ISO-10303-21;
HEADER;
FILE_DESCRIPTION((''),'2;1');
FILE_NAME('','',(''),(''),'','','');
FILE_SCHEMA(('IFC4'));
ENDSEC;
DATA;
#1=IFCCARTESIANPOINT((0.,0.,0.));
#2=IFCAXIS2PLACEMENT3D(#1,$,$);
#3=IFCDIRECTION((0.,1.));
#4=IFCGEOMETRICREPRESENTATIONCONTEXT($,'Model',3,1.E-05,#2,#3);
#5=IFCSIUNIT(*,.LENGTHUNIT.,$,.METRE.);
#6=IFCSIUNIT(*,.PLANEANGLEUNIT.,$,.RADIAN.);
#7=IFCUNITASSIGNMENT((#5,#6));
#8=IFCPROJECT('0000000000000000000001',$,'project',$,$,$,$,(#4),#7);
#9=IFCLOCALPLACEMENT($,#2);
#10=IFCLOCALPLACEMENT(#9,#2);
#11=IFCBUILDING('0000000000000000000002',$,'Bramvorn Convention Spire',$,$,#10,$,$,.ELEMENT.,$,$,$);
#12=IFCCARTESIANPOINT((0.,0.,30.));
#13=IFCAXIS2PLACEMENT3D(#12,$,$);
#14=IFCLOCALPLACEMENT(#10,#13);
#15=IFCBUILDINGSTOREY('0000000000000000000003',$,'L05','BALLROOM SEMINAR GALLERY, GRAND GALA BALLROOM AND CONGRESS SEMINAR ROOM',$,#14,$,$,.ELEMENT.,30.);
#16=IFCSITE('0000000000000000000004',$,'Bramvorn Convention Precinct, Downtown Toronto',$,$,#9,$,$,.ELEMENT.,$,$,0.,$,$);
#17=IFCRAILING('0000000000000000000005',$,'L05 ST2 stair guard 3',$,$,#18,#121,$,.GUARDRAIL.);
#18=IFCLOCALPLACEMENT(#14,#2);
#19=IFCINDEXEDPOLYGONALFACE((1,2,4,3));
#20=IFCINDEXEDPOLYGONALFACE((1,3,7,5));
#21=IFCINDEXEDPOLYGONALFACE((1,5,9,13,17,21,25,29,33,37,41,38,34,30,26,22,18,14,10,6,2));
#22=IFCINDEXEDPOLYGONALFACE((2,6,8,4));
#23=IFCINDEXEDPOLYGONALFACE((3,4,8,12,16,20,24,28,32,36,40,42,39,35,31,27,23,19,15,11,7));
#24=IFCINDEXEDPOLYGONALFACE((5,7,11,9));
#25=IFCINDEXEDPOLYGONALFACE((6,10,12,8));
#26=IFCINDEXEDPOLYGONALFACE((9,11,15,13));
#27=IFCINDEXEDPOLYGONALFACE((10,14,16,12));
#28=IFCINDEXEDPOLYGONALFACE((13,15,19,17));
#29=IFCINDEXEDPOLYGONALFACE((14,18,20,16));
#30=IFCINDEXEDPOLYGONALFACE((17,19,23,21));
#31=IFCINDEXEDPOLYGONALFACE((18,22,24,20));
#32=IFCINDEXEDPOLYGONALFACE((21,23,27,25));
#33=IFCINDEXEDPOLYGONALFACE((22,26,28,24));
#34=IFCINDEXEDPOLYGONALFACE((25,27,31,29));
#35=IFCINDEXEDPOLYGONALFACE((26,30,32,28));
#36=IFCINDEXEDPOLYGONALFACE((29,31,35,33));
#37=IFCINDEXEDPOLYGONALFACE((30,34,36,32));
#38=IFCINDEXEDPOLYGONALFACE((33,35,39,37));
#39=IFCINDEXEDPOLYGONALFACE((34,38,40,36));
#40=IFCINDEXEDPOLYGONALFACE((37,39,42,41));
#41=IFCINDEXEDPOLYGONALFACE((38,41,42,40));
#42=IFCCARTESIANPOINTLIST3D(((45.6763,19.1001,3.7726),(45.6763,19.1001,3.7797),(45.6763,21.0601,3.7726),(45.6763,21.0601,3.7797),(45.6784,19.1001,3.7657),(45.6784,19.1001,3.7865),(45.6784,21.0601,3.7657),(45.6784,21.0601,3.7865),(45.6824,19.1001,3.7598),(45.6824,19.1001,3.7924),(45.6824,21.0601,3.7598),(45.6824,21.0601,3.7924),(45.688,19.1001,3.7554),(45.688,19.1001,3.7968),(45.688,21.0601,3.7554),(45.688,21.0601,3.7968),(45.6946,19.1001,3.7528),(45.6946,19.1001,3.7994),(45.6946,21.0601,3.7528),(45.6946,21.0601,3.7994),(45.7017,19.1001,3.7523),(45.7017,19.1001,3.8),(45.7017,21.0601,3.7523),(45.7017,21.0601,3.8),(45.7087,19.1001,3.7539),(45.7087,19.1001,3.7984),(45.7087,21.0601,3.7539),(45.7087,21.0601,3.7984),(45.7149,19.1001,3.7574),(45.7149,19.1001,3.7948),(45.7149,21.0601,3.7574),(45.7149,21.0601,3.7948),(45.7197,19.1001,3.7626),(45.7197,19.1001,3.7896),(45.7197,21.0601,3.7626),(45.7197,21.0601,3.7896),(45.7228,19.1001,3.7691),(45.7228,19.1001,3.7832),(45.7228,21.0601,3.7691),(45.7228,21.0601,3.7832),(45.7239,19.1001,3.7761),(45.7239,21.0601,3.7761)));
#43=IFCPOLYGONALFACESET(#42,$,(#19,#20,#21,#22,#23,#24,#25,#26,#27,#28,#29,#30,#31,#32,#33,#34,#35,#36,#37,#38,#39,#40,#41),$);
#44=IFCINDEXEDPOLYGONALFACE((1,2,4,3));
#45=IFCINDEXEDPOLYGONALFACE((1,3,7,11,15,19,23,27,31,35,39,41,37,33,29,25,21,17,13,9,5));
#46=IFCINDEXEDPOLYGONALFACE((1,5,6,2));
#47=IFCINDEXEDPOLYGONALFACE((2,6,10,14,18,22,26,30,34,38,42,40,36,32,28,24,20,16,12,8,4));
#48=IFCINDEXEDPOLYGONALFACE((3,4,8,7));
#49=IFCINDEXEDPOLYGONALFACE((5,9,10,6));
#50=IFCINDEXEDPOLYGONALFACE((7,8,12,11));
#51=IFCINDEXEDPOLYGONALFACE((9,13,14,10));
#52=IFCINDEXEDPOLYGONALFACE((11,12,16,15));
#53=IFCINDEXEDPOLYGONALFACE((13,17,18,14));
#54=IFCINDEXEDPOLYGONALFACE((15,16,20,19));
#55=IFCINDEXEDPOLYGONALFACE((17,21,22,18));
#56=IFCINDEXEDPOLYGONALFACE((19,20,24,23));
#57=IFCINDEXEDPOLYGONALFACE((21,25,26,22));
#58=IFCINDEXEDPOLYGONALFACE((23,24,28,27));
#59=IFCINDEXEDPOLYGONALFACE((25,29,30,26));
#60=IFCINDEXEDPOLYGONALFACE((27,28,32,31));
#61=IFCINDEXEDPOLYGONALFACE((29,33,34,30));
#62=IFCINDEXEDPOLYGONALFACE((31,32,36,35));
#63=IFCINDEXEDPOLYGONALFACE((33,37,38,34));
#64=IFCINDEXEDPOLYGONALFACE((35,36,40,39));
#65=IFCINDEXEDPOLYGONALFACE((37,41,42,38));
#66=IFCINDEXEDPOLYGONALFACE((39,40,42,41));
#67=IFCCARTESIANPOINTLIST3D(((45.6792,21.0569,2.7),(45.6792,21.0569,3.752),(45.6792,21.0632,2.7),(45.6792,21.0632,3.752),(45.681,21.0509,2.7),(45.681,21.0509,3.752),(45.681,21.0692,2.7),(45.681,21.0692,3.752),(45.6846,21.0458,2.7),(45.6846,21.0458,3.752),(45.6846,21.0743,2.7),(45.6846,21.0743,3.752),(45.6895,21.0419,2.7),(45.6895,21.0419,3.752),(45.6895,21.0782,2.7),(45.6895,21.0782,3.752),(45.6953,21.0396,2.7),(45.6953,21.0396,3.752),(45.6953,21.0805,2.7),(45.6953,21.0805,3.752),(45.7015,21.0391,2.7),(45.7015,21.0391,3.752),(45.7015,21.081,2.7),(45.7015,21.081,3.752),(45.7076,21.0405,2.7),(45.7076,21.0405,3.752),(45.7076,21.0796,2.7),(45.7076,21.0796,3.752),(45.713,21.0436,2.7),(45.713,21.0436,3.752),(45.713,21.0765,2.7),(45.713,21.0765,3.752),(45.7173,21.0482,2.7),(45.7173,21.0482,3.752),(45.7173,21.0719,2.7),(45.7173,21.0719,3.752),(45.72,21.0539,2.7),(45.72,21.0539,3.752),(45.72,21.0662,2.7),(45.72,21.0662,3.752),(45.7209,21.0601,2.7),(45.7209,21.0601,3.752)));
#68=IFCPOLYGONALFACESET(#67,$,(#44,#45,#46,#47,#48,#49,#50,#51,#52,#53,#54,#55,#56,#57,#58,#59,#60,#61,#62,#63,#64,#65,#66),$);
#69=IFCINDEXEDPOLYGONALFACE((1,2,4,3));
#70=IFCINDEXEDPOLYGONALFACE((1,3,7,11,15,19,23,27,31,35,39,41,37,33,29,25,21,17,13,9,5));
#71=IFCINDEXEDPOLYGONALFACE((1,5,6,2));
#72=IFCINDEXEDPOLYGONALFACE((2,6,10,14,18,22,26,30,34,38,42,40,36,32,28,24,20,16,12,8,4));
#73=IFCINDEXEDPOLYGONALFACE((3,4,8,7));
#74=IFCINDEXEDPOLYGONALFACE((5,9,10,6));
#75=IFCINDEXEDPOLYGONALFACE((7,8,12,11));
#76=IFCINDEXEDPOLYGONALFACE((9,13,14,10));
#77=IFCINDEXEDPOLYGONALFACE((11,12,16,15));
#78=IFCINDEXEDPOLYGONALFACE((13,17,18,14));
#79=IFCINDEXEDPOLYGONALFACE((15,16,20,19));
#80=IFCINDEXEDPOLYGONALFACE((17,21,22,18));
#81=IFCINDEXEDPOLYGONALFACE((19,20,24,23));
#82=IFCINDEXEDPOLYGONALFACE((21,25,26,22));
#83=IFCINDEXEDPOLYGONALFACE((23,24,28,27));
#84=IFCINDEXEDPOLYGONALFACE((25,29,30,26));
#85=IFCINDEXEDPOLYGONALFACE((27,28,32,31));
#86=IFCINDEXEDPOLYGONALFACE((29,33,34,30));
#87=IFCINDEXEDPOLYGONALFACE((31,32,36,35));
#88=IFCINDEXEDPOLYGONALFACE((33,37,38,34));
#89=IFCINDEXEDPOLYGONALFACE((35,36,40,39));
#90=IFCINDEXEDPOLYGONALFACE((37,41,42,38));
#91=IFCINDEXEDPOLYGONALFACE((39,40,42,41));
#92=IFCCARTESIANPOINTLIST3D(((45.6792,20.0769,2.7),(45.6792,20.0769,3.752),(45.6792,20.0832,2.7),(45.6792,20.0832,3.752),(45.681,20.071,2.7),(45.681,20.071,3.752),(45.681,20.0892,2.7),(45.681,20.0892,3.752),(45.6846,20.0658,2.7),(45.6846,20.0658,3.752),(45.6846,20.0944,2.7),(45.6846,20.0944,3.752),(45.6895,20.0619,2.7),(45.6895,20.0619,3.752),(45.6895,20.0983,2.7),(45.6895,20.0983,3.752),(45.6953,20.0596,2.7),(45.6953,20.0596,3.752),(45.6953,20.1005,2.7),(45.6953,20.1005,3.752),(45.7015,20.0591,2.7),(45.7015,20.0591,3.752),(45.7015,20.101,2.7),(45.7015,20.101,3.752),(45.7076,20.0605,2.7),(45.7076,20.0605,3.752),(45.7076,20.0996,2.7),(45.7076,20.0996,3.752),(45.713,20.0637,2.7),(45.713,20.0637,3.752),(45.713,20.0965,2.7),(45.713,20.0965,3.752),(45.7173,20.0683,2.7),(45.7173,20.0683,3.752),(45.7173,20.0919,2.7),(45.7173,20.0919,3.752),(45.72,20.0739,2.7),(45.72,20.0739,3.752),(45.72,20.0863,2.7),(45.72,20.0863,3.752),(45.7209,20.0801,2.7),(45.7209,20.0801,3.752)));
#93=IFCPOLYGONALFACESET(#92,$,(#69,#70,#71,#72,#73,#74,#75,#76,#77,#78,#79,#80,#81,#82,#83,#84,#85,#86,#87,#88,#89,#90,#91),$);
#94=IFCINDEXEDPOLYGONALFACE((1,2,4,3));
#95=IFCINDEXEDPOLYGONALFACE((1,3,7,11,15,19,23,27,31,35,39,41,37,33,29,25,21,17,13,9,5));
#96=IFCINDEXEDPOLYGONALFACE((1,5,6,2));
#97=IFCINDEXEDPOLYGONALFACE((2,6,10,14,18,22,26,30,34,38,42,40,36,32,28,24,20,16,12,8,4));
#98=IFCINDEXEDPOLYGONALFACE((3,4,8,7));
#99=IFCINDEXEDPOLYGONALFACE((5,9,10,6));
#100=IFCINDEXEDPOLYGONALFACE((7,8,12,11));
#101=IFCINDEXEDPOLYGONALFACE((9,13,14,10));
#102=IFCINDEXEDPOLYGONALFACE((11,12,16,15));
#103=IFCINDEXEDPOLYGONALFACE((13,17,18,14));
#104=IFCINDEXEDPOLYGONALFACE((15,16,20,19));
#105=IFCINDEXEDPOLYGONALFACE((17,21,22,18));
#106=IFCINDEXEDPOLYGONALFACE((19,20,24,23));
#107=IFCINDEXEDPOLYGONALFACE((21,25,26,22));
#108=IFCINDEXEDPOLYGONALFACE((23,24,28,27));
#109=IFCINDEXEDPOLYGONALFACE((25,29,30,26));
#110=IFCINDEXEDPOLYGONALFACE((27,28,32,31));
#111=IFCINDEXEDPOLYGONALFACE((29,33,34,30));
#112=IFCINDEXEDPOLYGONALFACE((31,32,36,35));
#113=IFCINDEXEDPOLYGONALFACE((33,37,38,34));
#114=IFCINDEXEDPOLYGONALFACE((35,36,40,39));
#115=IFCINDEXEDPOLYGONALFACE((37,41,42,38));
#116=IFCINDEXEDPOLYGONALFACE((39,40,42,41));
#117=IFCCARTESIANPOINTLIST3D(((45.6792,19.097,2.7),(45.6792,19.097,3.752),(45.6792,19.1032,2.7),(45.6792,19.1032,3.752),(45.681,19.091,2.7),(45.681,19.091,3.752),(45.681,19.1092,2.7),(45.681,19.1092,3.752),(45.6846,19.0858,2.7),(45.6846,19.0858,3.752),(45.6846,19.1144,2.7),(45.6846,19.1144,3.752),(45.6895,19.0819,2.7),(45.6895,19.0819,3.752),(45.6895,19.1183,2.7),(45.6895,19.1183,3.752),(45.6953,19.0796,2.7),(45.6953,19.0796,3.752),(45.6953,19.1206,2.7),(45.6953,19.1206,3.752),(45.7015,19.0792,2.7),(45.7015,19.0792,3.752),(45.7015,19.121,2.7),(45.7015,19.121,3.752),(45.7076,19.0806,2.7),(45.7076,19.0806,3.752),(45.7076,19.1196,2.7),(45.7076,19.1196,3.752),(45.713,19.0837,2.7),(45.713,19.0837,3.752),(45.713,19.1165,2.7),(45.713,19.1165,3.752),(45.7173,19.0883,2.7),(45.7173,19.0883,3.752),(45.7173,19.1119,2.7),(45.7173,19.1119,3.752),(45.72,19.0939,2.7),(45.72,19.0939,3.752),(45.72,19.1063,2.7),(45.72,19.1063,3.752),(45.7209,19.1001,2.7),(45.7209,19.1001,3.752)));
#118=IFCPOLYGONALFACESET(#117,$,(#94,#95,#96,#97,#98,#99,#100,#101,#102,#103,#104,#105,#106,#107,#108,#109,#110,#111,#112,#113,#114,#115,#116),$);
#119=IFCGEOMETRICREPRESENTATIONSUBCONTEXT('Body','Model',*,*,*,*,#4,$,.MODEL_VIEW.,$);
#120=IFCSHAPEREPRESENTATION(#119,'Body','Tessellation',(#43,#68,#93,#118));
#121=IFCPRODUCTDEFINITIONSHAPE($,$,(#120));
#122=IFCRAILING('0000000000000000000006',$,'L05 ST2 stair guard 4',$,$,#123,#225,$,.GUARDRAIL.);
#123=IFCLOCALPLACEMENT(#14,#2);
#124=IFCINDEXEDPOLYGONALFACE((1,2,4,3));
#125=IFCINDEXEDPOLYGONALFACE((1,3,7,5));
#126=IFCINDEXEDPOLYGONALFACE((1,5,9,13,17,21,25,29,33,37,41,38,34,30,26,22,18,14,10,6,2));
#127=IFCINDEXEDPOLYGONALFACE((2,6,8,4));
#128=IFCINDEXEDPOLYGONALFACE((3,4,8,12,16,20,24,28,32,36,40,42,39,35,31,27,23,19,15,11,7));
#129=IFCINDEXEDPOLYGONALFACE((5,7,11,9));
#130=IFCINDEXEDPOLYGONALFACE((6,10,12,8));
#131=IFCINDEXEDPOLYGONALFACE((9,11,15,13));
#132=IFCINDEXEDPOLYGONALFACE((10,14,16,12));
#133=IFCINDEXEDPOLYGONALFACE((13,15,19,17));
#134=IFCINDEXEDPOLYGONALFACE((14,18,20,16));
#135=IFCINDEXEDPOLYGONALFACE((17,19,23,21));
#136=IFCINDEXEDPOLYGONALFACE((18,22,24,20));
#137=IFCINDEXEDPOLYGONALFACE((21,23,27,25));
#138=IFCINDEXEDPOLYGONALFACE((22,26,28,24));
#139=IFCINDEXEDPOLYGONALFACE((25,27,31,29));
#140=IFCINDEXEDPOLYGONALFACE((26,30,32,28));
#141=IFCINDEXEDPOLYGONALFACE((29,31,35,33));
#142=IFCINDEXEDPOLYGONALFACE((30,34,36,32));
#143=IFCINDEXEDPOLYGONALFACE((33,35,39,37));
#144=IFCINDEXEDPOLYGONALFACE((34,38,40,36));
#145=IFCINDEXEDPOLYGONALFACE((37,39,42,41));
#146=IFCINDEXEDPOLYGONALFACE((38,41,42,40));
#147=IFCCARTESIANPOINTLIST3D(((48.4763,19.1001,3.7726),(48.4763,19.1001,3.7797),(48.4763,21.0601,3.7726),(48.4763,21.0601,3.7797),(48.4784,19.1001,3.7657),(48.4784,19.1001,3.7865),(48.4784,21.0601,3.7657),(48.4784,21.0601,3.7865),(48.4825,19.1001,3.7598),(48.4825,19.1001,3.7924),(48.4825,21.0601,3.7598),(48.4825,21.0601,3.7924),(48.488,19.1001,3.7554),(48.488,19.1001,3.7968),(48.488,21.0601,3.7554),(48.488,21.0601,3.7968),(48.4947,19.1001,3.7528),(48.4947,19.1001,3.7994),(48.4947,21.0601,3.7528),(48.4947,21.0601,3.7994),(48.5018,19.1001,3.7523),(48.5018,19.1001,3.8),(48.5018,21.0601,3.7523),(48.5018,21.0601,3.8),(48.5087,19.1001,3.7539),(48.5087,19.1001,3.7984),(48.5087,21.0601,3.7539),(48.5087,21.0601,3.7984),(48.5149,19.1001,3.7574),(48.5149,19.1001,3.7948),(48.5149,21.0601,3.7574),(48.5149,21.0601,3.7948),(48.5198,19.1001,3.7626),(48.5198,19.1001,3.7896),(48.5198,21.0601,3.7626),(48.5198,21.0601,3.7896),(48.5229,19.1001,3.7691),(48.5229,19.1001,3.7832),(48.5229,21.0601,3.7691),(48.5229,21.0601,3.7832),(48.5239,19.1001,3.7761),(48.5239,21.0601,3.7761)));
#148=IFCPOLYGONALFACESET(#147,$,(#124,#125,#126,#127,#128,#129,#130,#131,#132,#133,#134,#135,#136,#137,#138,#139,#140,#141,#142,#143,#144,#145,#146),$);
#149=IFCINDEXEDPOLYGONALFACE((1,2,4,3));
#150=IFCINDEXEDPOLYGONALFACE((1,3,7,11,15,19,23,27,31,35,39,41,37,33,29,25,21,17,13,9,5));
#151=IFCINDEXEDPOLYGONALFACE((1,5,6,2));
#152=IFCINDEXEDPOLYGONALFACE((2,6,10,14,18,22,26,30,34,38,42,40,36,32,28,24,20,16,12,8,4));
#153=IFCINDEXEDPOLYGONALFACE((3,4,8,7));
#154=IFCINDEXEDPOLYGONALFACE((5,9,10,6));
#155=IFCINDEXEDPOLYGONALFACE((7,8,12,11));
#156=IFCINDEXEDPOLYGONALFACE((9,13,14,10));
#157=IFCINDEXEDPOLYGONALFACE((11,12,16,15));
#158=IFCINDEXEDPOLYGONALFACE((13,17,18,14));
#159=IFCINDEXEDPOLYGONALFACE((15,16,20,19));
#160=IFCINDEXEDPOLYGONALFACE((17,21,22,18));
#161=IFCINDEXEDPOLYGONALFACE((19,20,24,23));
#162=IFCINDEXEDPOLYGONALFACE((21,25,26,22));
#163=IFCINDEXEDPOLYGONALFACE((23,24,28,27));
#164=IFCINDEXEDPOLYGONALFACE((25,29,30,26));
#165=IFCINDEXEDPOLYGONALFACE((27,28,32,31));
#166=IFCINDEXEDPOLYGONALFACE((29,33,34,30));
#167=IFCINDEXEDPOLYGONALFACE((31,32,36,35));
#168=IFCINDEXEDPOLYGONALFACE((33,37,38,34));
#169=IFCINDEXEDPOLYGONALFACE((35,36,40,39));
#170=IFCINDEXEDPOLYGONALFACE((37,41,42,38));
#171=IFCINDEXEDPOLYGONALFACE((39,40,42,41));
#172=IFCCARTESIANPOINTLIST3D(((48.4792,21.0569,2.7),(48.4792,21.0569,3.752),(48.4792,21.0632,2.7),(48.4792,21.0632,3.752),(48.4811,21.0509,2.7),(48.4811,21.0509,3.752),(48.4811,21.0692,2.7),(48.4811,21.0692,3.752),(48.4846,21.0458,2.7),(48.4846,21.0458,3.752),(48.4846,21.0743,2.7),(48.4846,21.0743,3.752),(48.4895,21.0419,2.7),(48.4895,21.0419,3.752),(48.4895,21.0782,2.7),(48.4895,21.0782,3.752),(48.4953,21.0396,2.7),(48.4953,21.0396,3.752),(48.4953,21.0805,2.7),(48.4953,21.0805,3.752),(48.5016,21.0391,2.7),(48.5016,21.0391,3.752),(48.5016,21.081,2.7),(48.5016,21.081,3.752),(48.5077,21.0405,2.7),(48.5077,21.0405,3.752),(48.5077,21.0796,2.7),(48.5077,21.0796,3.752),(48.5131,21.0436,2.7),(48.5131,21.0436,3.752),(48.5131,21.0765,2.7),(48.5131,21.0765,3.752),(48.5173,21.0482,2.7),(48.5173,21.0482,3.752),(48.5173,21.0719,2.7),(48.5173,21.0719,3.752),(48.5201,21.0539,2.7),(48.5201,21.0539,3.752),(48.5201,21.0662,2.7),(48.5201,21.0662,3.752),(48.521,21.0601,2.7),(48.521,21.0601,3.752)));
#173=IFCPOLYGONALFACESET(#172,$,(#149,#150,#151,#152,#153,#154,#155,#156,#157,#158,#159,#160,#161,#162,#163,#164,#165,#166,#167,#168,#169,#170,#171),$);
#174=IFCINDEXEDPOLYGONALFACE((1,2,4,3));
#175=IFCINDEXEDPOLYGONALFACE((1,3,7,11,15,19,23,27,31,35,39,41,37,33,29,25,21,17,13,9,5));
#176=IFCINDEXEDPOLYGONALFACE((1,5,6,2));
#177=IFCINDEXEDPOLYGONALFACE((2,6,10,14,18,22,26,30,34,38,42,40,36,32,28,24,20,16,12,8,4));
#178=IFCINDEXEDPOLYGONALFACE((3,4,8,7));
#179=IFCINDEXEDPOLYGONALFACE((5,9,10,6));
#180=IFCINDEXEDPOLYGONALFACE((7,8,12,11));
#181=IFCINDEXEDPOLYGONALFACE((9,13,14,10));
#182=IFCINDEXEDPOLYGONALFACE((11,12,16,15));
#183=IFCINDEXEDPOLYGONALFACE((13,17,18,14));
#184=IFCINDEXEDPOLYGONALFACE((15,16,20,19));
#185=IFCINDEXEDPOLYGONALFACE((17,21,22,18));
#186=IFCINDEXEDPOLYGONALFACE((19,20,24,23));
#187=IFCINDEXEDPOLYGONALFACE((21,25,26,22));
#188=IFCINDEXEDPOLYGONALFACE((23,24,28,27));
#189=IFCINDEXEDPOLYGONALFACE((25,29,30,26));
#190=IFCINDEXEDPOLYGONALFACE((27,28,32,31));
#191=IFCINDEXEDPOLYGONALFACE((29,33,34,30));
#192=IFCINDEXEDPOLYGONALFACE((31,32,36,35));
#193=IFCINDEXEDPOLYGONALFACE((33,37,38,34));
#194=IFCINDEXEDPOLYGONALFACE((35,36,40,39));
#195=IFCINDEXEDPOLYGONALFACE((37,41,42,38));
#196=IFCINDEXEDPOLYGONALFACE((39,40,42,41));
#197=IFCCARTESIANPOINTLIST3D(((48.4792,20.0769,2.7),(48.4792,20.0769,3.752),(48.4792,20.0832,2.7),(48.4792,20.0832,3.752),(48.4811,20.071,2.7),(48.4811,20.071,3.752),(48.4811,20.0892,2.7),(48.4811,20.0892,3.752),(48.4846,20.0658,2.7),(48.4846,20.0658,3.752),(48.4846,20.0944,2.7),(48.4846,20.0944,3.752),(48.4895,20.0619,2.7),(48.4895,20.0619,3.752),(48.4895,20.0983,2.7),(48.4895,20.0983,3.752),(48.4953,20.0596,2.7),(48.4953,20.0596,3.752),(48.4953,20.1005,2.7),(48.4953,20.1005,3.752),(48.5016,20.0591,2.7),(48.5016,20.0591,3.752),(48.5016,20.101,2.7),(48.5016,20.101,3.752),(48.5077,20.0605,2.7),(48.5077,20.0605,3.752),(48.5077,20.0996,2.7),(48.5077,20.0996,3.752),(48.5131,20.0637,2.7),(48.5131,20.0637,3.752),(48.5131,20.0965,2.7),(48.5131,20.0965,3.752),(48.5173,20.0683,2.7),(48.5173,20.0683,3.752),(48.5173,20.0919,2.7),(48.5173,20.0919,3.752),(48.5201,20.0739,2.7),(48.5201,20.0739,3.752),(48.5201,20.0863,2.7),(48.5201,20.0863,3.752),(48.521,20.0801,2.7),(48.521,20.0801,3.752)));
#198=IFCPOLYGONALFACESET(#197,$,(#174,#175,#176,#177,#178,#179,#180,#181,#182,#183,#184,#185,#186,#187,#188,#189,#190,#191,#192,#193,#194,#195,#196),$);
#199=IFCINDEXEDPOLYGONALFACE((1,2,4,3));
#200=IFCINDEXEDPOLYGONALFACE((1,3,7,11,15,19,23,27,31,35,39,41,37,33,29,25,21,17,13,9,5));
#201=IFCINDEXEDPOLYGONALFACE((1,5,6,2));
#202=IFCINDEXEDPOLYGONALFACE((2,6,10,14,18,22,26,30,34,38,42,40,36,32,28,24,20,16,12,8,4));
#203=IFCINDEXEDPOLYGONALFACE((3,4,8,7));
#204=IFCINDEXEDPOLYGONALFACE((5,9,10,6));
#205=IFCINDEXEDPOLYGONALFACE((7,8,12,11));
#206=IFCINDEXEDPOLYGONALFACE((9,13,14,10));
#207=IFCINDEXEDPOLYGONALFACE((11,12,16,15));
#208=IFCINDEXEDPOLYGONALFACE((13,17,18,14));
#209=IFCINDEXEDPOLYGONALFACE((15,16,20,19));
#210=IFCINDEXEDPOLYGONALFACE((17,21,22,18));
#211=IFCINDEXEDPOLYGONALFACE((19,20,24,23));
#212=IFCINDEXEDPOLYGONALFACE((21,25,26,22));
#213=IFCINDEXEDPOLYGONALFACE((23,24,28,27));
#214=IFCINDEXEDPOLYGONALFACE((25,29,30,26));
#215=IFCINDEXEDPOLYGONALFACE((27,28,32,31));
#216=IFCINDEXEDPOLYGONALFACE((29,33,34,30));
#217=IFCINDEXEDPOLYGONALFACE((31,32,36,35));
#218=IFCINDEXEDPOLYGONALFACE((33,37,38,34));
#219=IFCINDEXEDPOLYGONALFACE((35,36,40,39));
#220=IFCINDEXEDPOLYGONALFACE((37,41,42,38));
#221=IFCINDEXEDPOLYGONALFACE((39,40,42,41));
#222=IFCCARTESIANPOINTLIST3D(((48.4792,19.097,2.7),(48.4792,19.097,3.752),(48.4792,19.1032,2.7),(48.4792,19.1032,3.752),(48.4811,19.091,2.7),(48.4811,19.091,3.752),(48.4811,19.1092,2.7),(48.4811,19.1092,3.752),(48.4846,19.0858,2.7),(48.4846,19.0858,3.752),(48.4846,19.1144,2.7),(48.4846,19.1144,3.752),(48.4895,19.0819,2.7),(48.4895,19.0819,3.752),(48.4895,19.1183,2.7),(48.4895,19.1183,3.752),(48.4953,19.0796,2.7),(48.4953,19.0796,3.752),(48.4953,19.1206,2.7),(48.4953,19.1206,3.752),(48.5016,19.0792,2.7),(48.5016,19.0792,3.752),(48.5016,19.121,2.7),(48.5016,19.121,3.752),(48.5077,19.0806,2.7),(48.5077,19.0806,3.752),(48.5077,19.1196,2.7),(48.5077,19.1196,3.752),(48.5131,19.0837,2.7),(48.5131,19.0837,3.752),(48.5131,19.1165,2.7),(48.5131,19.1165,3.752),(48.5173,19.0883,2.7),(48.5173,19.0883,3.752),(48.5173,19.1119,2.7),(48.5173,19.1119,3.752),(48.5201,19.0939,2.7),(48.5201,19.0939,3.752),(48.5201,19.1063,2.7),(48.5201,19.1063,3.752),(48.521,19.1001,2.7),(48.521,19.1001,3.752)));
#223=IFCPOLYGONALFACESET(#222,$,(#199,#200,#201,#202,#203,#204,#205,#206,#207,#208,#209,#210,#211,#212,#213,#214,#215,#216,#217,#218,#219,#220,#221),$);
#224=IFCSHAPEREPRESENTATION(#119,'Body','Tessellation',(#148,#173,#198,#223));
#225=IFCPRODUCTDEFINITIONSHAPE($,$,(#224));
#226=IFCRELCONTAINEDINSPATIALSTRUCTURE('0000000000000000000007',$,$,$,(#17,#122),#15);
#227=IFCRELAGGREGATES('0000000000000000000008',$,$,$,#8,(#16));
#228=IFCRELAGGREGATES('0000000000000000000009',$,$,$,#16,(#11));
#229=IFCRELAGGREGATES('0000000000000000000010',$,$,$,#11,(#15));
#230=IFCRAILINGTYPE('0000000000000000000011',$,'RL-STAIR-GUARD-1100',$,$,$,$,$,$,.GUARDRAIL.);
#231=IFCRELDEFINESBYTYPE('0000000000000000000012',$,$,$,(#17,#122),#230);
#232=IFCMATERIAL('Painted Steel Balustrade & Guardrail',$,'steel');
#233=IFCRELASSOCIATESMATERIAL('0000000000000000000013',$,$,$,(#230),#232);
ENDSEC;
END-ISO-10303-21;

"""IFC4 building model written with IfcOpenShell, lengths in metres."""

from ifc_helpers import new_model, si_unit, direction, frame, origin, origin_2d, place, context, subcontext, project, spatial, circle, extrude, material, type_object, element, save


model = new_model("IFC4")

# Units and contexts
model_context = context("Model", 3, precision=1e-05, world=origin(), true_north=direction((0.0, 1.0)))
body_context = subcontext(model_context, "Body", "Model", "MODEL_VIEW")
ifc_project = project(units=[si_unit("LENGTHUNIT", "METRE"), si_unit("PLANEANGLEUNIT", "RADIAN")], contexts=[model_context])

# Site, building, storey
site_placement = place(None, origin())
site = spatial("IfcSite", under=ifc_project, at=site_placement, Name="Bramvorn Convention Precinct, Downtown Toronto", CompositionType="ELEMENT", RefElevation=0.0)
building_placement = place(site_placement, origin())
building = spatial("IfcBuilding", under=site, at=building_placement, Name="Bramvorn Convention Spire", CompositionType="ELEMENT")
storey_placement = place(building_placement, frame((0.0, 0.0, 30.0)))
storey = spatial("IfcBuildingStorey", under=building, at=storey_placement, Name="L05", Description="BALLROOM SEMINAR GALLERY, GRAND GALA BALLROOM AND CONGRESS SEMINAR ROOM", CompositionType="ELEMENT", Elevation=30.0)

# Railings
ifc_material_1 = material(Name="Painted Steel Balustrade & Guardrail", Category="steel")
railing_type_1 = type_object("IfcRailingType", Name="RL-STAIR-GUARD-1100", PredefinedType="GUARDRAIL", material=ifc_material_1)
for number, where, name in (
    (1, (45.7, 21.0601, 2.7), "L05 ST2 stair guard 3"),
    (2, (48.5, 21.0601, 2.7), "L05 ST2 stair guard 4"),
):
    element("IfcRailing", number, at=place(storey_placement, frame(where)), inside=storey, type_object=railing_type_1, Name=name, PredefinedType="GUARDRAIL", context=body_context, shape_type="SweptSolid", body=[
        extrude(circle(Radius=0.0239, at=origin_2d()), frame((0.0, 0.0, 1.0762), z_axis=(0.0, -1.0, 0.0), x_axis=(1.0, 0.0, 0.0)), (0.0, 0.0, 1.0), 1.96),
        extrude(circle(Radius=0.021, at=origin_2d()), origin(), (0.0, 0.0, 1.0), 1.052),
        extrude(circle(Radius=0.021, at=origin_2d()), frame((0.0, -0.98, 0.0)), (0.0, 0.0, 1.0), 1.052),
        extrude(circle(Radius=0.021, at=origin_2d()), frame((0.0, -1.96, 0.0)), (0.0, 0.0, 1.0), 1.052),
    ])

save(model, "model.ifc")
